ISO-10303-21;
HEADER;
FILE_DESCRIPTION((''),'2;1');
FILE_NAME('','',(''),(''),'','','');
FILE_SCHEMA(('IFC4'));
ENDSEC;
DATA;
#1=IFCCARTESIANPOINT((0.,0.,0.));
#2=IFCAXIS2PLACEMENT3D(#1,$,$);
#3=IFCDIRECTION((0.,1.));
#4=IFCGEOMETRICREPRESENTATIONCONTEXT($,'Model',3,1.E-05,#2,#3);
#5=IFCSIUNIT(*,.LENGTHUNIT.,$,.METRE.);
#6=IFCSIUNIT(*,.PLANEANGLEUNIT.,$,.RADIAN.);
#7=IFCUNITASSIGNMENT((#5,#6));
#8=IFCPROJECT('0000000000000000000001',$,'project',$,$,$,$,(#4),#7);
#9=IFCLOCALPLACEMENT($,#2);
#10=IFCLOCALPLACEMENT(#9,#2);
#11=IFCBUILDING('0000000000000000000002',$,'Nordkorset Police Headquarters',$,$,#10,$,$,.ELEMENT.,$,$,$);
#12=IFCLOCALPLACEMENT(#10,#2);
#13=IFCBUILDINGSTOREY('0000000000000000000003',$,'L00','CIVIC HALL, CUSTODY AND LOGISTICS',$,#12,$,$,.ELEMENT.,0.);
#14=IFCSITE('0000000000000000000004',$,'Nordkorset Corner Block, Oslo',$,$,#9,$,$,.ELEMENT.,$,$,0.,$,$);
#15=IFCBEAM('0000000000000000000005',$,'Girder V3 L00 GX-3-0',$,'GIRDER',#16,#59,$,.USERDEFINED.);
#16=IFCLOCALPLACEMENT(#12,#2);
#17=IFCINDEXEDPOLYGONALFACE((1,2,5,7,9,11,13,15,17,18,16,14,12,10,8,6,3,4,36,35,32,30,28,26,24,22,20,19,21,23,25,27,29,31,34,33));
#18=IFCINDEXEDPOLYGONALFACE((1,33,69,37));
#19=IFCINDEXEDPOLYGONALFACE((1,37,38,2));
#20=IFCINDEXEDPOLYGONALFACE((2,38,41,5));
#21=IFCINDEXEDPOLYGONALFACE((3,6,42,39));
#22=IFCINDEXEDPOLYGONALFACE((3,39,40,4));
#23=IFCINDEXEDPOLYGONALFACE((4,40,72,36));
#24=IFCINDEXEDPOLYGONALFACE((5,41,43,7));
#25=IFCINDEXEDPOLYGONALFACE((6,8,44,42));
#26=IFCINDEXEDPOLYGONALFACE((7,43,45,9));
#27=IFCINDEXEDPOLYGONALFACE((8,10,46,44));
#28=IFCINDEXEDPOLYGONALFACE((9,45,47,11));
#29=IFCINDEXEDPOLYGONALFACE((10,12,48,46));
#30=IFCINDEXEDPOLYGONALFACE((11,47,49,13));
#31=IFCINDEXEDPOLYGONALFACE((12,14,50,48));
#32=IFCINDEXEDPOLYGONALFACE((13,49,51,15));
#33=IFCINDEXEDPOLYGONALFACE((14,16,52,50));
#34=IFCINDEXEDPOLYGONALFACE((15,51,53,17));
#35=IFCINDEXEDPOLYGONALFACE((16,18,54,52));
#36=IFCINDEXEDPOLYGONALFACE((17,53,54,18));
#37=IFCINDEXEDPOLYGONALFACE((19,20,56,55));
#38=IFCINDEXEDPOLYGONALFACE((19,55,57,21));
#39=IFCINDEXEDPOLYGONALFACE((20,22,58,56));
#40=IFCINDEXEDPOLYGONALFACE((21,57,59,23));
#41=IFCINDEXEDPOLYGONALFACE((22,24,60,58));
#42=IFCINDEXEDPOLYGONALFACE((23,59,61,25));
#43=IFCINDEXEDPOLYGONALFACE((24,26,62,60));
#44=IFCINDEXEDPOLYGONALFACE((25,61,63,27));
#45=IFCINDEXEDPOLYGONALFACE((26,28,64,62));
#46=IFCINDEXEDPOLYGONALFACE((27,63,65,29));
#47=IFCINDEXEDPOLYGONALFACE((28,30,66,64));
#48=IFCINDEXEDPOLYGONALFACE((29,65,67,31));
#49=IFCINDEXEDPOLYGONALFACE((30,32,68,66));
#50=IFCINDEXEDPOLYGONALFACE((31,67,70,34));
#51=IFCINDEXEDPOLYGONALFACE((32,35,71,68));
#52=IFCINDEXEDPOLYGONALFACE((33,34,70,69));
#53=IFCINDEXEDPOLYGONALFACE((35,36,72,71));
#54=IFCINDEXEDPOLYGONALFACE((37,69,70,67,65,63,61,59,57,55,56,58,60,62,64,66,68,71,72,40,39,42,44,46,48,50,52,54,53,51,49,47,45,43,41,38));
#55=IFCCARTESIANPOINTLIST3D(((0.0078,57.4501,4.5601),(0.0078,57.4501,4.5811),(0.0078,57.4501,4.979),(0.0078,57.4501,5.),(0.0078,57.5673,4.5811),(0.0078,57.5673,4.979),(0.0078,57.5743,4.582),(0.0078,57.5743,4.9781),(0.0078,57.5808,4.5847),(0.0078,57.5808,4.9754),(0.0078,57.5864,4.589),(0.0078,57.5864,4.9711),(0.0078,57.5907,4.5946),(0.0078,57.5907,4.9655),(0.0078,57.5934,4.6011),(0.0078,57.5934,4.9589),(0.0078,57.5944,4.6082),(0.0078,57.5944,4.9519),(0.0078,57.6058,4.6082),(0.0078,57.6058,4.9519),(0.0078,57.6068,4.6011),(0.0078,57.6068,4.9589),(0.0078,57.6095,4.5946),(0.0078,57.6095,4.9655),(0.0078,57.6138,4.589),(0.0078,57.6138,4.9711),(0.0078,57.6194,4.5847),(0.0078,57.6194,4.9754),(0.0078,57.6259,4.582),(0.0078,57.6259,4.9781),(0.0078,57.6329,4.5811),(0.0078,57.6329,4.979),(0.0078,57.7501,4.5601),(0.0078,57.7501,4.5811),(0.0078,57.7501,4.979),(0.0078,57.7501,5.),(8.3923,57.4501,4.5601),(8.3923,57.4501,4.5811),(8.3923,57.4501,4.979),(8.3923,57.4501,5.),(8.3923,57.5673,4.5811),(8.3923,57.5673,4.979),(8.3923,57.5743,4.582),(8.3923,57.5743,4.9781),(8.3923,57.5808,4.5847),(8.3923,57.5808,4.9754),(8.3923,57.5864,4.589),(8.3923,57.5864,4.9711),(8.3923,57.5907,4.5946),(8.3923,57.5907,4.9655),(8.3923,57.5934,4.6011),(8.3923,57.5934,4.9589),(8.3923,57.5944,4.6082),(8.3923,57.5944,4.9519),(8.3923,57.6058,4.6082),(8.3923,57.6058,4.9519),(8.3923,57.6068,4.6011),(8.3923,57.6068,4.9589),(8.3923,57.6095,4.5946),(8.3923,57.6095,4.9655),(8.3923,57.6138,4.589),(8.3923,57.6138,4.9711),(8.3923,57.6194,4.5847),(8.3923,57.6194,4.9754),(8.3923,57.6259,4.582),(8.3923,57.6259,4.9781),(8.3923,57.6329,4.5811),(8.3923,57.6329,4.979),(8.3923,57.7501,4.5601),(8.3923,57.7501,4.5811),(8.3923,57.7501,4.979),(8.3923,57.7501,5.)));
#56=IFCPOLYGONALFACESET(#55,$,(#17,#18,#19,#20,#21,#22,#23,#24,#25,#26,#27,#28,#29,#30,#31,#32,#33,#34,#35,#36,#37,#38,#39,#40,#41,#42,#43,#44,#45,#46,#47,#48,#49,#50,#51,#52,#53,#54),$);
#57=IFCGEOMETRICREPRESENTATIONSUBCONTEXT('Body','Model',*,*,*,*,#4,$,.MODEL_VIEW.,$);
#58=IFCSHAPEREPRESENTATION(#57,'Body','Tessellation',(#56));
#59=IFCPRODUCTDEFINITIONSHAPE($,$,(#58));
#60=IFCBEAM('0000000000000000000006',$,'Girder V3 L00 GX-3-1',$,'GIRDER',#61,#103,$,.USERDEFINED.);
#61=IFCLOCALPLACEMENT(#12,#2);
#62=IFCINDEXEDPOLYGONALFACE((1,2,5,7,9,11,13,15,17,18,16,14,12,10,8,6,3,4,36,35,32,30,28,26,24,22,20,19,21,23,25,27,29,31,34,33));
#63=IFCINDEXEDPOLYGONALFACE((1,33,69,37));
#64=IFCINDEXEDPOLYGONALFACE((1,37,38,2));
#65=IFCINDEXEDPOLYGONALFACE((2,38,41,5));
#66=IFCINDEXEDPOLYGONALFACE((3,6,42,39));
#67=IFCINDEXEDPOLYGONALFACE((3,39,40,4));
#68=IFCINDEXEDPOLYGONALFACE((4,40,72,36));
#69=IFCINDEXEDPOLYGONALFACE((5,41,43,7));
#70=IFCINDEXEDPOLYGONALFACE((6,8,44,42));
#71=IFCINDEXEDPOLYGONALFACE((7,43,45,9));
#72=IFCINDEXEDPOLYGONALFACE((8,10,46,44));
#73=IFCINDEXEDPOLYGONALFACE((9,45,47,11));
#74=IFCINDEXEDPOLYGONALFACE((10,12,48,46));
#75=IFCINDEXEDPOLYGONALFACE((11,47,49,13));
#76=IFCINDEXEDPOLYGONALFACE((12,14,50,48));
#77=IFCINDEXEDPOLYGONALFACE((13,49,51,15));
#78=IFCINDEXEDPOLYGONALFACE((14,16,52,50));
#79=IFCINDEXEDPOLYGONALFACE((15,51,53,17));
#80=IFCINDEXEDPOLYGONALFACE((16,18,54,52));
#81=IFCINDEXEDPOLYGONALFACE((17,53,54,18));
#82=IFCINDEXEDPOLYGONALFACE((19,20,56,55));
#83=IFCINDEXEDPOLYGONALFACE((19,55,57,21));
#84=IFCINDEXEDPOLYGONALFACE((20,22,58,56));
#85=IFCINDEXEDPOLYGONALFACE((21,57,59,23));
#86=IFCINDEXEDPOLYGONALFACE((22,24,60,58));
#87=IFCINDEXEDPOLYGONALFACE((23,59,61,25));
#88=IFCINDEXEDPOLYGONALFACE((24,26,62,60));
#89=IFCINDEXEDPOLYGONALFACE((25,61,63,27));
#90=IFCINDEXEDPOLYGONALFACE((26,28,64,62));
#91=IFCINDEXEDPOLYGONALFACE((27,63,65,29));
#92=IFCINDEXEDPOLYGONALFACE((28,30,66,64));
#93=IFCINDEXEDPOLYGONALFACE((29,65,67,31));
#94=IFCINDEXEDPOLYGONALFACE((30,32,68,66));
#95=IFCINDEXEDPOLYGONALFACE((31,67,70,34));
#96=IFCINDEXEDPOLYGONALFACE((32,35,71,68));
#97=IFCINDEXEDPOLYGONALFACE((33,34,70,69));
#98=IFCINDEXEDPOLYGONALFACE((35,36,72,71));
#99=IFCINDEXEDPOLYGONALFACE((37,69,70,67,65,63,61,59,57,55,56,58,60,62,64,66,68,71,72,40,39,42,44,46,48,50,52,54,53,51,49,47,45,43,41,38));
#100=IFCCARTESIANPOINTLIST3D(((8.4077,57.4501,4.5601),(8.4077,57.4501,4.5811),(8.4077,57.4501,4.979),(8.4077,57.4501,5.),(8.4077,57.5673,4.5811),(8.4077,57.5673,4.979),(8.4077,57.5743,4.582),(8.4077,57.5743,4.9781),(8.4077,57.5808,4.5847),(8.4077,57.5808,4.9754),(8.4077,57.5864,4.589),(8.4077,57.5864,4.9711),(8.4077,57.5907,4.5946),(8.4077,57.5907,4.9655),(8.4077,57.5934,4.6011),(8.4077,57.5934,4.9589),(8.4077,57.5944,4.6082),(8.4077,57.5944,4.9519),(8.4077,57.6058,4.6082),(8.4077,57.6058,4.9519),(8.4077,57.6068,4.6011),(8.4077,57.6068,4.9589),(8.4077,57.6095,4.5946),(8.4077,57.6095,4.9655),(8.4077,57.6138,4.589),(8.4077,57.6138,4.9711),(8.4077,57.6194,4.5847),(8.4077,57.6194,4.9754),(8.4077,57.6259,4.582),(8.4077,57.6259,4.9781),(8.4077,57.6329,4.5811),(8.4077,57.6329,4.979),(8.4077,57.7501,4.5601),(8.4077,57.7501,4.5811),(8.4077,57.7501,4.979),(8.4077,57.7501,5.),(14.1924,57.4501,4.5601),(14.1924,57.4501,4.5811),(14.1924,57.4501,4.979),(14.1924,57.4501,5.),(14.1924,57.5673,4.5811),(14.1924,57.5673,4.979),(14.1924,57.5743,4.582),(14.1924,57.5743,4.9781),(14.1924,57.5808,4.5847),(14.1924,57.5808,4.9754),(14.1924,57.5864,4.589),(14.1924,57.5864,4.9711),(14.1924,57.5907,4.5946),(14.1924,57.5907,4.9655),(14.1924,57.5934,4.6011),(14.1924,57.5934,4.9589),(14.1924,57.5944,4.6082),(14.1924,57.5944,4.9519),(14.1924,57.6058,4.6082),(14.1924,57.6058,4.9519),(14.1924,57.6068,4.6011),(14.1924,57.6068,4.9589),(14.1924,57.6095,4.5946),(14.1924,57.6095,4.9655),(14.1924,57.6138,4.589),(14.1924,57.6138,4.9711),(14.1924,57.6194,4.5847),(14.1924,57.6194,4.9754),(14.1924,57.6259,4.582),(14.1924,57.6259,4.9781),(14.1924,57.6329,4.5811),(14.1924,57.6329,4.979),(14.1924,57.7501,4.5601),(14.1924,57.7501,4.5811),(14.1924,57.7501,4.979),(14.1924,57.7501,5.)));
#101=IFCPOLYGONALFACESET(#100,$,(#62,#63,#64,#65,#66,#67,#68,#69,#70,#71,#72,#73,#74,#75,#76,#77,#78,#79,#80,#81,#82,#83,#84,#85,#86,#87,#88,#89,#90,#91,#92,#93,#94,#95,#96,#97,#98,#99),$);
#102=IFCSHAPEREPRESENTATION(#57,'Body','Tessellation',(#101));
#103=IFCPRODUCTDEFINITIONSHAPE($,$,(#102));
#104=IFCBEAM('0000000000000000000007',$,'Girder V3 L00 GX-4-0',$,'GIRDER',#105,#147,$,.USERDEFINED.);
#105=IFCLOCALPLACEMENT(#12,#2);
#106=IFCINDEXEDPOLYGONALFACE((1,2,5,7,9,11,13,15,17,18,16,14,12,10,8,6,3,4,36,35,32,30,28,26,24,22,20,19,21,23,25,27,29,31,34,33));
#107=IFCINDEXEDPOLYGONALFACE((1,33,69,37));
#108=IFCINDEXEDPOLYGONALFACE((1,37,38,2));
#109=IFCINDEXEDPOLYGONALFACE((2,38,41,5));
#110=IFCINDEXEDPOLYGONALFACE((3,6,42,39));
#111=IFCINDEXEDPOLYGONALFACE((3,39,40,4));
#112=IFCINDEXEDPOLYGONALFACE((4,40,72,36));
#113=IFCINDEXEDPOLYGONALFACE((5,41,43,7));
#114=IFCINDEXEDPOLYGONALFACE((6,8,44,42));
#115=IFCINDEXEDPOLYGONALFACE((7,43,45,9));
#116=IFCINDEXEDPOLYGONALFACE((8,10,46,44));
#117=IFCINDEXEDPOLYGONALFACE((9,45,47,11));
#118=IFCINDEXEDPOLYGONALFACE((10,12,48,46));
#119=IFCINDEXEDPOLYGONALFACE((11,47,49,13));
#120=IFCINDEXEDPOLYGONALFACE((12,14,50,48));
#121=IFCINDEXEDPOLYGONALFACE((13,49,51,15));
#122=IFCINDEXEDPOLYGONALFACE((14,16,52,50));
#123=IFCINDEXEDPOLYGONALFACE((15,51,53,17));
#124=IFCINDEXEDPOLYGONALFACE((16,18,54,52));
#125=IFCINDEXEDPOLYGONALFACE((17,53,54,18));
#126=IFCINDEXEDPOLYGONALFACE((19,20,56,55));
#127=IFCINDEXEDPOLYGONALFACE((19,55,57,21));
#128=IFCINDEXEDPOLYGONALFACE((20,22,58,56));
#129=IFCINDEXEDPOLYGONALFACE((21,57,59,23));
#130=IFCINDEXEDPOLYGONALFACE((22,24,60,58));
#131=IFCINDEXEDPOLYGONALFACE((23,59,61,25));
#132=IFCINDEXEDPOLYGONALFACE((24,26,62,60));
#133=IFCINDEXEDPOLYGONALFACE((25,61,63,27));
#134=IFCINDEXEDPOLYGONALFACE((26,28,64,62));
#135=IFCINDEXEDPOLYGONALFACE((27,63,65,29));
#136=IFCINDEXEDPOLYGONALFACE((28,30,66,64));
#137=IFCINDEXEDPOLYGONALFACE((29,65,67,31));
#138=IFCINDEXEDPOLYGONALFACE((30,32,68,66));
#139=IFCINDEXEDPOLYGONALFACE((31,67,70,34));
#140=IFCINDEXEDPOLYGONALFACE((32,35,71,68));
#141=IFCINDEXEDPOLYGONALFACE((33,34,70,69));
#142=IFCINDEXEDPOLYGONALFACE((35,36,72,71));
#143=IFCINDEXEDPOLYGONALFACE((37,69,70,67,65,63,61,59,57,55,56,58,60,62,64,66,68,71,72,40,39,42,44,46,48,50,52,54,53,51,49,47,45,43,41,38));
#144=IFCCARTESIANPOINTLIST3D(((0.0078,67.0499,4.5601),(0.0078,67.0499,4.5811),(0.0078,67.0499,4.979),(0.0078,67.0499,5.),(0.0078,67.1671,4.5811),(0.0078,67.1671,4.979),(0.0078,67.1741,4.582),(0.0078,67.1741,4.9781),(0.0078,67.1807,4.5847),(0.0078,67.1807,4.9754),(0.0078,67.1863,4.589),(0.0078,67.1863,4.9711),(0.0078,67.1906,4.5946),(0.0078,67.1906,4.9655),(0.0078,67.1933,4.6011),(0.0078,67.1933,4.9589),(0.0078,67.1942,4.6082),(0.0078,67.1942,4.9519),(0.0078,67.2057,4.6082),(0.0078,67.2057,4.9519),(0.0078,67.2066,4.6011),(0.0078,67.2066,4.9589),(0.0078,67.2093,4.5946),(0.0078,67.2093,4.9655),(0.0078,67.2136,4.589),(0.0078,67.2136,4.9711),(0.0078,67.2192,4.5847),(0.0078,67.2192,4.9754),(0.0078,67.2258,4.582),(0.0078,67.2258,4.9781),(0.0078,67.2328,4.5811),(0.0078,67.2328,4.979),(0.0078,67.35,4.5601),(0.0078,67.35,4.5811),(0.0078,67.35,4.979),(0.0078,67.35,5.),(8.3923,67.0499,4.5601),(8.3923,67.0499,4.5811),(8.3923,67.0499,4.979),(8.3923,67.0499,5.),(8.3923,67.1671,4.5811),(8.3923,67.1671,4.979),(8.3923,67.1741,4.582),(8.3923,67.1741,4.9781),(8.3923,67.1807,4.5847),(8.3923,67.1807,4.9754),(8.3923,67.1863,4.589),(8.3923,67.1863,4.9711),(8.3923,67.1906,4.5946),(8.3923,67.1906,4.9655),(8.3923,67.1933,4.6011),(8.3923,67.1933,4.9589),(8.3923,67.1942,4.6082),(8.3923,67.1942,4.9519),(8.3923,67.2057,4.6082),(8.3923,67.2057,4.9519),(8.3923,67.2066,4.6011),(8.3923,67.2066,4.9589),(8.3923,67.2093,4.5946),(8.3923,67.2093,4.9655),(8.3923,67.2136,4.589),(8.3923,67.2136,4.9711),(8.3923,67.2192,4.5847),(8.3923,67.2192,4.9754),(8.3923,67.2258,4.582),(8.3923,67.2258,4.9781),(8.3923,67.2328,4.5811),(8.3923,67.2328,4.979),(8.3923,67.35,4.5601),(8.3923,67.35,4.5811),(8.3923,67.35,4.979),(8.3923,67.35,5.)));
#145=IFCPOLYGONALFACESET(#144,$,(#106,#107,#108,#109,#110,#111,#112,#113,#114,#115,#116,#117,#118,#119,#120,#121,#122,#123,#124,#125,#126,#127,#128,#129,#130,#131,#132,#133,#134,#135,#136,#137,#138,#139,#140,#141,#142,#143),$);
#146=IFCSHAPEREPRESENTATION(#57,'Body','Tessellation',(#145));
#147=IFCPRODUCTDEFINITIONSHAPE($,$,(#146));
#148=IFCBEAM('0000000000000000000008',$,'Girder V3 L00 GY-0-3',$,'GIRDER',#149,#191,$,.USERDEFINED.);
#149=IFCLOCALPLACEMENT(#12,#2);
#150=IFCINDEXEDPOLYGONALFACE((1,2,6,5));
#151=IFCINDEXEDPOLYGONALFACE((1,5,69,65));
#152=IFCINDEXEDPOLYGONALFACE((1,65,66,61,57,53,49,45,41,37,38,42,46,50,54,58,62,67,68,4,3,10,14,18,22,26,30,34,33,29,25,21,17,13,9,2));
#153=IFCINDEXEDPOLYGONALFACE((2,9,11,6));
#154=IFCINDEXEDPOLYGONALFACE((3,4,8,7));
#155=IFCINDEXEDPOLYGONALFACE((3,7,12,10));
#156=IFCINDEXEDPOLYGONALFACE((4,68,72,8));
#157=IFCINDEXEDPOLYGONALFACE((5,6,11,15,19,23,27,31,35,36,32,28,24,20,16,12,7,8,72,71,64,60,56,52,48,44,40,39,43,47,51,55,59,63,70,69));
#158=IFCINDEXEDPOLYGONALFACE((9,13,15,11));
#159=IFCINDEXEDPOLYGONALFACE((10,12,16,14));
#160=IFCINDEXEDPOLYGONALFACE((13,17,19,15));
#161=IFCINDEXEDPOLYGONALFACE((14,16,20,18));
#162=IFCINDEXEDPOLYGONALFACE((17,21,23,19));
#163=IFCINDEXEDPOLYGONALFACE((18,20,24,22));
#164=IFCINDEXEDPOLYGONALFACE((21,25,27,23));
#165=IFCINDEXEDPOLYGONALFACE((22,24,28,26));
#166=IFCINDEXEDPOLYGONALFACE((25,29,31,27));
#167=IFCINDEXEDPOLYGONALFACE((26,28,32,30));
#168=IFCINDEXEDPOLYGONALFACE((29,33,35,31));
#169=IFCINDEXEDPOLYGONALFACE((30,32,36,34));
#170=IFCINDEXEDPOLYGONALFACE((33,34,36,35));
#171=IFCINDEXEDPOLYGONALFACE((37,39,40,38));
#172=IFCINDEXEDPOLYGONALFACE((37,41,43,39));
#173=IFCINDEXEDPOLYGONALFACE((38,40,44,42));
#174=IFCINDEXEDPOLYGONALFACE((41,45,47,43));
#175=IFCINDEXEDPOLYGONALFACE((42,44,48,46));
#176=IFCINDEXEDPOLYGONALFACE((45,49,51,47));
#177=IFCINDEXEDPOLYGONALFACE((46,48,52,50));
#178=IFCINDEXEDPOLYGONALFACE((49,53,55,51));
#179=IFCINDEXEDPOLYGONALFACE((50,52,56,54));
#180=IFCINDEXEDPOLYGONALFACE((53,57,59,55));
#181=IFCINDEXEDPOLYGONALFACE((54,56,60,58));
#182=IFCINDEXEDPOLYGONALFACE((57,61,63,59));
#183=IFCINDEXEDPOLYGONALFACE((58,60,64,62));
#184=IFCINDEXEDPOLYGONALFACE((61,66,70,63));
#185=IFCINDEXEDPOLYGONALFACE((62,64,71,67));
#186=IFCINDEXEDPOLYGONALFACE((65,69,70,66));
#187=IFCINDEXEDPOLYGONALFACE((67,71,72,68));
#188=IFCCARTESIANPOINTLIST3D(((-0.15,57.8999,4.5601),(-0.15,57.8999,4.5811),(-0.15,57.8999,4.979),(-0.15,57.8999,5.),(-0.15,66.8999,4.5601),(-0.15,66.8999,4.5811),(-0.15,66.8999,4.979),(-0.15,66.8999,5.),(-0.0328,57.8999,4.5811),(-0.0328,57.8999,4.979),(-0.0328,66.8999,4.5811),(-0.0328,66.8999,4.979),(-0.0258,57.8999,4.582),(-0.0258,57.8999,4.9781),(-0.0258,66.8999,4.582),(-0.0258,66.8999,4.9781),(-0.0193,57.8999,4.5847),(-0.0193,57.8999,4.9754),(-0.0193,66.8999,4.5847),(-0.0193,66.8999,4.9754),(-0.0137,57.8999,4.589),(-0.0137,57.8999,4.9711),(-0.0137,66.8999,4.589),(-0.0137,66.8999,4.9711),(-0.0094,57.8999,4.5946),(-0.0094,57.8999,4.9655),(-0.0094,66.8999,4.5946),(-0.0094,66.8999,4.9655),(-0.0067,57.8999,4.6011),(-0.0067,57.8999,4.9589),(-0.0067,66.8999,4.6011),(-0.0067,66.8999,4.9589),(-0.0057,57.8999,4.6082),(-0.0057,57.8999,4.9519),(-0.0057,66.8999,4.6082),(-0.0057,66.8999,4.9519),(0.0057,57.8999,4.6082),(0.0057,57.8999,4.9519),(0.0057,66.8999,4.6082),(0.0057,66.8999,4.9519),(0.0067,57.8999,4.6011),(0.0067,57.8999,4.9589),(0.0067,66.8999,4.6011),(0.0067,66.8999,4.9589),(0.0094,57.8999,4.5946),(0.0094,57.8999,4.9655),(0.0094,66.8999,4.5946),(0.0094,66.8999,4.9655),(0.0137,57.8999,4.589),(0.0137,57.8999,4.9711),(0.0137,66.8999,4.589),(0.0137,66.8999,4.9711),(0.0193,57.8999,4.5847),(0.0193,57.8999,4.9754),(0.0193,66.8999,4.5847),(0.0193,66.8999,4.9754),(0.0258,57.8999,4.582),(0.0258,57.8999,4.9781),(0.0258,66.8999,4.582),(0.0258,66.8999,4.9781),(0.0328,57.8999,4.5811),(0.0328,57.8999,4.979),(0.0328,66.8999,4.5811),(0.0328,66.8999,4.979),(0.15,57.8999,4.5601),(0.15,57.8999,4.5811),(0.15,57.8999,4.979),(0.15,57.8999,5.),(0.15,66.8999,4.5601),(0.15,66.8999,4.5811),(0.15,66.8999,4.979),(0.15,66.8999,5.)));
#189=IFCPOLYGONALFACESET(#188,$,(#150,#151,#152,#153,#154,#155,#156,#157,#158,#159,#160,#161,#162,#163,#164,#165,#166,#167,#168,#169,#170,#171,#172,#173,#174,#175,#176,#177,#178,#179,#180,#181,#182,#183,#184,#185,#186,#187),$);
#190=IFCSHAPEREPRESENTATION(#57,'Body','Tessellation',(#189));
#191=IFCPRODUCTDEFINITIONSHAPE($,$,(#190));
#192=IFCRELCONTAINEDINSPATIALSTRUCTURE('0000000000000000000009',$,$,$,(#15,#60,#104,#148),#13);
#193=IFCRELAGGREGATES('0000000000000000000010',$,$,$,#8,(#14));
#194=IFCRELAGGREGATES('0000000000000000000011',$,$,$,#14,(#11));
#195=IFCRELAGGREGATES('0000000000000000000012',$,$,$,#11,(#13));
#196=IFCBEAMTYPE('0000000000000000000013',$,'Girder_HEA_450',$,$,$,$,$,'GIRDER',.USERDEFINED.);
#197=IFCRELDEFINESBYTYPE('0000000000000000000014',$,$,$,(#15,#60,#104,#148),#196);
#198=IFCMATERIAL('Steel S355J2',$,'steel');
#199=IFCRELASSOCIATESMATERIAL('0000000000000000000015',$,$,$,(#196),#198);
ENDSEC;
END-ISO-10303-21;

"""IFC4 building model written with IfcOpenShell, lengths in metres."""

from ifc_helpers import new_model, si_unit, direction, frame, origin, origin_2d, place, context, subcontext, project, spatial, i_section, extrude, material, material_profile, profile_set, type_object, element, save


model = new_model("IFC4")

# Units and contexts
model_context = context("Model", 3, precision=1e-05, world=origin(), true_north=direction((0.0, 1.0)))
body_context = subcontext(model_context, "Body", "Model", "MODEL_VIEW")
ifc_project = project(units=[si_unit("LENGTHUNIT", "METRE"), si_unit("PLANEANGLEUNIT", "RADIAN")], contexts=[model_context])

# Site, building, storey
site_placement = place(None, origin())
site = spatial("IfcSite", under=ifc_project, at=site_placement, Name="Nordkorset Corner Block, Oslo", CompositionType="ELEMENT", RefElevation=0.0)
building_placement = place(site_placement, origin())
building = spatial("IfcBuilding", under=site, at=building_placement, Name="Nordkorset Police Headquarters", CompositionType="ELEMENT")
storey_placement = place(building_placement, origin())
storey = spatial("IfcBuildingStorey", under=building, at=storey_placement, Name="L00", Description="CIVIC HALL, CUSTODY AND LOGISTICS", CompositionType="ELEMENT", Elevation=0.0)

# Beams
ifc_material_1 = material(Name="Steel S355J2", Category="steel")
ifc_material_profile_1 = material_profile(ifc_material_1, i_section(OverallWidth=0.3, OverallDepth=0.4399, WebThickness=0.0115, FlangeThickness=0.021, FilletRadius=0.0271, at=origin_2d()), Name="HEA 450")
ifc_profile_set_1 = profile_set([ifc_material_profile_1], Name="Steel S355J2")
beam_type_1 = type_object("IfcBeamType", Name="Girder_HEA_450", ElementType="GIRDER", PredefinedType="USERDEFINED", material=ifc_profile_set_1)
beam_1_placement = place(storey_placement, frame((0.0078, 57.6001, 4.78), z_axis=(1.0, 0.0, 0.0), x_axis=(0.0, 1.0, 0.0)))
element("IfcBeam", 1, at=beam_1_placement, inside=storey, type_object=beam_type_1, Name="Girder V3 L00 GX-3-0", ObjectType="GIRDER", PredefinedType="USERDEFINED", context=body_context, shape_type="SweptSolid", body=[
    extrude(i_section(OverallWidth=0.3, OverallDepth=0.4399, WebThickness=0.0115, FlangeThickness=0.021, FilletRadius=0.0271, at=origin_2d()), origin(), (0.0, 0.0, 1.0), 8.3845),
])
beam_2_placement = place(storey_placement, frame((8.4077, 57.6001, 4.78), z_axis=(1.0, 0.0, 0.0), x_axis=(0.0, 1.0, 0.0)))
element("IfcBeam", 2, at=beam_2_placement, inside=storey, type_object=beam_type_1, Name="Girder V3 L00 GX-3-1", ObjectType="GIRDER", PredefinedType="USERDEFINED", context=body_context, shape_type="SweptSolid", body=[
    extrude(i_section(OverallWidth=0.3, OverallDepth=0.4399, WebThickness=0.0115, FlangeThickness=0.021, FilletRadius=0.0271, at=origin_2d()), origin(), (0.0, 0.0, 1.0), 5.7847),
])
beam_3_placement = place(storey_placement, frame((0.0078, 67.2, 4.78), z_axis=(1.0, 0.0, 0.0), x_axis=(0.0, 1.0, 0.0)))
element("IfcBeam", 3, at=beam_3_placement, inside=storey, type_object=beam_type_1, Name="Girder V3 L00 GX-4-0", ObjectType="GIRDER", PredefinedType="USERDEFINED", context=body_context, shape_type="SweptSolid", body=[
    extrude(i_section(OverallWidth=0.3, OverallDepth=0.4399, WebThickness=0.0115, FlangeThickness=0.021, FilletRadius=0.0271, at=origin_2d()), origin(), (0.0, 0.0, 1.0), 8.3845),
])
beam_4_placement = place(storey_placement, frame((0.0, 57.8999, 4.78), z_axis=(0.0, 1.0, 0.0), x_axis=(-1.0, 0.0, 0.0)))
element("IfcBeam", 4, at=beam_4_placement, inside=storey, type_object=beam_type_1, Name="Girder V3 L00 GY-0-3", ObjectType="GIRDER", PredefinedType="USERDEFINED", context=body_context, shape_type="SweptSolid", body=[
    extrude(i_section(OverallWidth=0.3, OverallDepth=0.4399, WebThickness=0.0115, FlangeThickness=0.021, FilletRadius=0.0271, at=origin_2d()), origin(), (0.0, 0.0, 1.0), 9.0),
])

save(model, "model.ifc")
